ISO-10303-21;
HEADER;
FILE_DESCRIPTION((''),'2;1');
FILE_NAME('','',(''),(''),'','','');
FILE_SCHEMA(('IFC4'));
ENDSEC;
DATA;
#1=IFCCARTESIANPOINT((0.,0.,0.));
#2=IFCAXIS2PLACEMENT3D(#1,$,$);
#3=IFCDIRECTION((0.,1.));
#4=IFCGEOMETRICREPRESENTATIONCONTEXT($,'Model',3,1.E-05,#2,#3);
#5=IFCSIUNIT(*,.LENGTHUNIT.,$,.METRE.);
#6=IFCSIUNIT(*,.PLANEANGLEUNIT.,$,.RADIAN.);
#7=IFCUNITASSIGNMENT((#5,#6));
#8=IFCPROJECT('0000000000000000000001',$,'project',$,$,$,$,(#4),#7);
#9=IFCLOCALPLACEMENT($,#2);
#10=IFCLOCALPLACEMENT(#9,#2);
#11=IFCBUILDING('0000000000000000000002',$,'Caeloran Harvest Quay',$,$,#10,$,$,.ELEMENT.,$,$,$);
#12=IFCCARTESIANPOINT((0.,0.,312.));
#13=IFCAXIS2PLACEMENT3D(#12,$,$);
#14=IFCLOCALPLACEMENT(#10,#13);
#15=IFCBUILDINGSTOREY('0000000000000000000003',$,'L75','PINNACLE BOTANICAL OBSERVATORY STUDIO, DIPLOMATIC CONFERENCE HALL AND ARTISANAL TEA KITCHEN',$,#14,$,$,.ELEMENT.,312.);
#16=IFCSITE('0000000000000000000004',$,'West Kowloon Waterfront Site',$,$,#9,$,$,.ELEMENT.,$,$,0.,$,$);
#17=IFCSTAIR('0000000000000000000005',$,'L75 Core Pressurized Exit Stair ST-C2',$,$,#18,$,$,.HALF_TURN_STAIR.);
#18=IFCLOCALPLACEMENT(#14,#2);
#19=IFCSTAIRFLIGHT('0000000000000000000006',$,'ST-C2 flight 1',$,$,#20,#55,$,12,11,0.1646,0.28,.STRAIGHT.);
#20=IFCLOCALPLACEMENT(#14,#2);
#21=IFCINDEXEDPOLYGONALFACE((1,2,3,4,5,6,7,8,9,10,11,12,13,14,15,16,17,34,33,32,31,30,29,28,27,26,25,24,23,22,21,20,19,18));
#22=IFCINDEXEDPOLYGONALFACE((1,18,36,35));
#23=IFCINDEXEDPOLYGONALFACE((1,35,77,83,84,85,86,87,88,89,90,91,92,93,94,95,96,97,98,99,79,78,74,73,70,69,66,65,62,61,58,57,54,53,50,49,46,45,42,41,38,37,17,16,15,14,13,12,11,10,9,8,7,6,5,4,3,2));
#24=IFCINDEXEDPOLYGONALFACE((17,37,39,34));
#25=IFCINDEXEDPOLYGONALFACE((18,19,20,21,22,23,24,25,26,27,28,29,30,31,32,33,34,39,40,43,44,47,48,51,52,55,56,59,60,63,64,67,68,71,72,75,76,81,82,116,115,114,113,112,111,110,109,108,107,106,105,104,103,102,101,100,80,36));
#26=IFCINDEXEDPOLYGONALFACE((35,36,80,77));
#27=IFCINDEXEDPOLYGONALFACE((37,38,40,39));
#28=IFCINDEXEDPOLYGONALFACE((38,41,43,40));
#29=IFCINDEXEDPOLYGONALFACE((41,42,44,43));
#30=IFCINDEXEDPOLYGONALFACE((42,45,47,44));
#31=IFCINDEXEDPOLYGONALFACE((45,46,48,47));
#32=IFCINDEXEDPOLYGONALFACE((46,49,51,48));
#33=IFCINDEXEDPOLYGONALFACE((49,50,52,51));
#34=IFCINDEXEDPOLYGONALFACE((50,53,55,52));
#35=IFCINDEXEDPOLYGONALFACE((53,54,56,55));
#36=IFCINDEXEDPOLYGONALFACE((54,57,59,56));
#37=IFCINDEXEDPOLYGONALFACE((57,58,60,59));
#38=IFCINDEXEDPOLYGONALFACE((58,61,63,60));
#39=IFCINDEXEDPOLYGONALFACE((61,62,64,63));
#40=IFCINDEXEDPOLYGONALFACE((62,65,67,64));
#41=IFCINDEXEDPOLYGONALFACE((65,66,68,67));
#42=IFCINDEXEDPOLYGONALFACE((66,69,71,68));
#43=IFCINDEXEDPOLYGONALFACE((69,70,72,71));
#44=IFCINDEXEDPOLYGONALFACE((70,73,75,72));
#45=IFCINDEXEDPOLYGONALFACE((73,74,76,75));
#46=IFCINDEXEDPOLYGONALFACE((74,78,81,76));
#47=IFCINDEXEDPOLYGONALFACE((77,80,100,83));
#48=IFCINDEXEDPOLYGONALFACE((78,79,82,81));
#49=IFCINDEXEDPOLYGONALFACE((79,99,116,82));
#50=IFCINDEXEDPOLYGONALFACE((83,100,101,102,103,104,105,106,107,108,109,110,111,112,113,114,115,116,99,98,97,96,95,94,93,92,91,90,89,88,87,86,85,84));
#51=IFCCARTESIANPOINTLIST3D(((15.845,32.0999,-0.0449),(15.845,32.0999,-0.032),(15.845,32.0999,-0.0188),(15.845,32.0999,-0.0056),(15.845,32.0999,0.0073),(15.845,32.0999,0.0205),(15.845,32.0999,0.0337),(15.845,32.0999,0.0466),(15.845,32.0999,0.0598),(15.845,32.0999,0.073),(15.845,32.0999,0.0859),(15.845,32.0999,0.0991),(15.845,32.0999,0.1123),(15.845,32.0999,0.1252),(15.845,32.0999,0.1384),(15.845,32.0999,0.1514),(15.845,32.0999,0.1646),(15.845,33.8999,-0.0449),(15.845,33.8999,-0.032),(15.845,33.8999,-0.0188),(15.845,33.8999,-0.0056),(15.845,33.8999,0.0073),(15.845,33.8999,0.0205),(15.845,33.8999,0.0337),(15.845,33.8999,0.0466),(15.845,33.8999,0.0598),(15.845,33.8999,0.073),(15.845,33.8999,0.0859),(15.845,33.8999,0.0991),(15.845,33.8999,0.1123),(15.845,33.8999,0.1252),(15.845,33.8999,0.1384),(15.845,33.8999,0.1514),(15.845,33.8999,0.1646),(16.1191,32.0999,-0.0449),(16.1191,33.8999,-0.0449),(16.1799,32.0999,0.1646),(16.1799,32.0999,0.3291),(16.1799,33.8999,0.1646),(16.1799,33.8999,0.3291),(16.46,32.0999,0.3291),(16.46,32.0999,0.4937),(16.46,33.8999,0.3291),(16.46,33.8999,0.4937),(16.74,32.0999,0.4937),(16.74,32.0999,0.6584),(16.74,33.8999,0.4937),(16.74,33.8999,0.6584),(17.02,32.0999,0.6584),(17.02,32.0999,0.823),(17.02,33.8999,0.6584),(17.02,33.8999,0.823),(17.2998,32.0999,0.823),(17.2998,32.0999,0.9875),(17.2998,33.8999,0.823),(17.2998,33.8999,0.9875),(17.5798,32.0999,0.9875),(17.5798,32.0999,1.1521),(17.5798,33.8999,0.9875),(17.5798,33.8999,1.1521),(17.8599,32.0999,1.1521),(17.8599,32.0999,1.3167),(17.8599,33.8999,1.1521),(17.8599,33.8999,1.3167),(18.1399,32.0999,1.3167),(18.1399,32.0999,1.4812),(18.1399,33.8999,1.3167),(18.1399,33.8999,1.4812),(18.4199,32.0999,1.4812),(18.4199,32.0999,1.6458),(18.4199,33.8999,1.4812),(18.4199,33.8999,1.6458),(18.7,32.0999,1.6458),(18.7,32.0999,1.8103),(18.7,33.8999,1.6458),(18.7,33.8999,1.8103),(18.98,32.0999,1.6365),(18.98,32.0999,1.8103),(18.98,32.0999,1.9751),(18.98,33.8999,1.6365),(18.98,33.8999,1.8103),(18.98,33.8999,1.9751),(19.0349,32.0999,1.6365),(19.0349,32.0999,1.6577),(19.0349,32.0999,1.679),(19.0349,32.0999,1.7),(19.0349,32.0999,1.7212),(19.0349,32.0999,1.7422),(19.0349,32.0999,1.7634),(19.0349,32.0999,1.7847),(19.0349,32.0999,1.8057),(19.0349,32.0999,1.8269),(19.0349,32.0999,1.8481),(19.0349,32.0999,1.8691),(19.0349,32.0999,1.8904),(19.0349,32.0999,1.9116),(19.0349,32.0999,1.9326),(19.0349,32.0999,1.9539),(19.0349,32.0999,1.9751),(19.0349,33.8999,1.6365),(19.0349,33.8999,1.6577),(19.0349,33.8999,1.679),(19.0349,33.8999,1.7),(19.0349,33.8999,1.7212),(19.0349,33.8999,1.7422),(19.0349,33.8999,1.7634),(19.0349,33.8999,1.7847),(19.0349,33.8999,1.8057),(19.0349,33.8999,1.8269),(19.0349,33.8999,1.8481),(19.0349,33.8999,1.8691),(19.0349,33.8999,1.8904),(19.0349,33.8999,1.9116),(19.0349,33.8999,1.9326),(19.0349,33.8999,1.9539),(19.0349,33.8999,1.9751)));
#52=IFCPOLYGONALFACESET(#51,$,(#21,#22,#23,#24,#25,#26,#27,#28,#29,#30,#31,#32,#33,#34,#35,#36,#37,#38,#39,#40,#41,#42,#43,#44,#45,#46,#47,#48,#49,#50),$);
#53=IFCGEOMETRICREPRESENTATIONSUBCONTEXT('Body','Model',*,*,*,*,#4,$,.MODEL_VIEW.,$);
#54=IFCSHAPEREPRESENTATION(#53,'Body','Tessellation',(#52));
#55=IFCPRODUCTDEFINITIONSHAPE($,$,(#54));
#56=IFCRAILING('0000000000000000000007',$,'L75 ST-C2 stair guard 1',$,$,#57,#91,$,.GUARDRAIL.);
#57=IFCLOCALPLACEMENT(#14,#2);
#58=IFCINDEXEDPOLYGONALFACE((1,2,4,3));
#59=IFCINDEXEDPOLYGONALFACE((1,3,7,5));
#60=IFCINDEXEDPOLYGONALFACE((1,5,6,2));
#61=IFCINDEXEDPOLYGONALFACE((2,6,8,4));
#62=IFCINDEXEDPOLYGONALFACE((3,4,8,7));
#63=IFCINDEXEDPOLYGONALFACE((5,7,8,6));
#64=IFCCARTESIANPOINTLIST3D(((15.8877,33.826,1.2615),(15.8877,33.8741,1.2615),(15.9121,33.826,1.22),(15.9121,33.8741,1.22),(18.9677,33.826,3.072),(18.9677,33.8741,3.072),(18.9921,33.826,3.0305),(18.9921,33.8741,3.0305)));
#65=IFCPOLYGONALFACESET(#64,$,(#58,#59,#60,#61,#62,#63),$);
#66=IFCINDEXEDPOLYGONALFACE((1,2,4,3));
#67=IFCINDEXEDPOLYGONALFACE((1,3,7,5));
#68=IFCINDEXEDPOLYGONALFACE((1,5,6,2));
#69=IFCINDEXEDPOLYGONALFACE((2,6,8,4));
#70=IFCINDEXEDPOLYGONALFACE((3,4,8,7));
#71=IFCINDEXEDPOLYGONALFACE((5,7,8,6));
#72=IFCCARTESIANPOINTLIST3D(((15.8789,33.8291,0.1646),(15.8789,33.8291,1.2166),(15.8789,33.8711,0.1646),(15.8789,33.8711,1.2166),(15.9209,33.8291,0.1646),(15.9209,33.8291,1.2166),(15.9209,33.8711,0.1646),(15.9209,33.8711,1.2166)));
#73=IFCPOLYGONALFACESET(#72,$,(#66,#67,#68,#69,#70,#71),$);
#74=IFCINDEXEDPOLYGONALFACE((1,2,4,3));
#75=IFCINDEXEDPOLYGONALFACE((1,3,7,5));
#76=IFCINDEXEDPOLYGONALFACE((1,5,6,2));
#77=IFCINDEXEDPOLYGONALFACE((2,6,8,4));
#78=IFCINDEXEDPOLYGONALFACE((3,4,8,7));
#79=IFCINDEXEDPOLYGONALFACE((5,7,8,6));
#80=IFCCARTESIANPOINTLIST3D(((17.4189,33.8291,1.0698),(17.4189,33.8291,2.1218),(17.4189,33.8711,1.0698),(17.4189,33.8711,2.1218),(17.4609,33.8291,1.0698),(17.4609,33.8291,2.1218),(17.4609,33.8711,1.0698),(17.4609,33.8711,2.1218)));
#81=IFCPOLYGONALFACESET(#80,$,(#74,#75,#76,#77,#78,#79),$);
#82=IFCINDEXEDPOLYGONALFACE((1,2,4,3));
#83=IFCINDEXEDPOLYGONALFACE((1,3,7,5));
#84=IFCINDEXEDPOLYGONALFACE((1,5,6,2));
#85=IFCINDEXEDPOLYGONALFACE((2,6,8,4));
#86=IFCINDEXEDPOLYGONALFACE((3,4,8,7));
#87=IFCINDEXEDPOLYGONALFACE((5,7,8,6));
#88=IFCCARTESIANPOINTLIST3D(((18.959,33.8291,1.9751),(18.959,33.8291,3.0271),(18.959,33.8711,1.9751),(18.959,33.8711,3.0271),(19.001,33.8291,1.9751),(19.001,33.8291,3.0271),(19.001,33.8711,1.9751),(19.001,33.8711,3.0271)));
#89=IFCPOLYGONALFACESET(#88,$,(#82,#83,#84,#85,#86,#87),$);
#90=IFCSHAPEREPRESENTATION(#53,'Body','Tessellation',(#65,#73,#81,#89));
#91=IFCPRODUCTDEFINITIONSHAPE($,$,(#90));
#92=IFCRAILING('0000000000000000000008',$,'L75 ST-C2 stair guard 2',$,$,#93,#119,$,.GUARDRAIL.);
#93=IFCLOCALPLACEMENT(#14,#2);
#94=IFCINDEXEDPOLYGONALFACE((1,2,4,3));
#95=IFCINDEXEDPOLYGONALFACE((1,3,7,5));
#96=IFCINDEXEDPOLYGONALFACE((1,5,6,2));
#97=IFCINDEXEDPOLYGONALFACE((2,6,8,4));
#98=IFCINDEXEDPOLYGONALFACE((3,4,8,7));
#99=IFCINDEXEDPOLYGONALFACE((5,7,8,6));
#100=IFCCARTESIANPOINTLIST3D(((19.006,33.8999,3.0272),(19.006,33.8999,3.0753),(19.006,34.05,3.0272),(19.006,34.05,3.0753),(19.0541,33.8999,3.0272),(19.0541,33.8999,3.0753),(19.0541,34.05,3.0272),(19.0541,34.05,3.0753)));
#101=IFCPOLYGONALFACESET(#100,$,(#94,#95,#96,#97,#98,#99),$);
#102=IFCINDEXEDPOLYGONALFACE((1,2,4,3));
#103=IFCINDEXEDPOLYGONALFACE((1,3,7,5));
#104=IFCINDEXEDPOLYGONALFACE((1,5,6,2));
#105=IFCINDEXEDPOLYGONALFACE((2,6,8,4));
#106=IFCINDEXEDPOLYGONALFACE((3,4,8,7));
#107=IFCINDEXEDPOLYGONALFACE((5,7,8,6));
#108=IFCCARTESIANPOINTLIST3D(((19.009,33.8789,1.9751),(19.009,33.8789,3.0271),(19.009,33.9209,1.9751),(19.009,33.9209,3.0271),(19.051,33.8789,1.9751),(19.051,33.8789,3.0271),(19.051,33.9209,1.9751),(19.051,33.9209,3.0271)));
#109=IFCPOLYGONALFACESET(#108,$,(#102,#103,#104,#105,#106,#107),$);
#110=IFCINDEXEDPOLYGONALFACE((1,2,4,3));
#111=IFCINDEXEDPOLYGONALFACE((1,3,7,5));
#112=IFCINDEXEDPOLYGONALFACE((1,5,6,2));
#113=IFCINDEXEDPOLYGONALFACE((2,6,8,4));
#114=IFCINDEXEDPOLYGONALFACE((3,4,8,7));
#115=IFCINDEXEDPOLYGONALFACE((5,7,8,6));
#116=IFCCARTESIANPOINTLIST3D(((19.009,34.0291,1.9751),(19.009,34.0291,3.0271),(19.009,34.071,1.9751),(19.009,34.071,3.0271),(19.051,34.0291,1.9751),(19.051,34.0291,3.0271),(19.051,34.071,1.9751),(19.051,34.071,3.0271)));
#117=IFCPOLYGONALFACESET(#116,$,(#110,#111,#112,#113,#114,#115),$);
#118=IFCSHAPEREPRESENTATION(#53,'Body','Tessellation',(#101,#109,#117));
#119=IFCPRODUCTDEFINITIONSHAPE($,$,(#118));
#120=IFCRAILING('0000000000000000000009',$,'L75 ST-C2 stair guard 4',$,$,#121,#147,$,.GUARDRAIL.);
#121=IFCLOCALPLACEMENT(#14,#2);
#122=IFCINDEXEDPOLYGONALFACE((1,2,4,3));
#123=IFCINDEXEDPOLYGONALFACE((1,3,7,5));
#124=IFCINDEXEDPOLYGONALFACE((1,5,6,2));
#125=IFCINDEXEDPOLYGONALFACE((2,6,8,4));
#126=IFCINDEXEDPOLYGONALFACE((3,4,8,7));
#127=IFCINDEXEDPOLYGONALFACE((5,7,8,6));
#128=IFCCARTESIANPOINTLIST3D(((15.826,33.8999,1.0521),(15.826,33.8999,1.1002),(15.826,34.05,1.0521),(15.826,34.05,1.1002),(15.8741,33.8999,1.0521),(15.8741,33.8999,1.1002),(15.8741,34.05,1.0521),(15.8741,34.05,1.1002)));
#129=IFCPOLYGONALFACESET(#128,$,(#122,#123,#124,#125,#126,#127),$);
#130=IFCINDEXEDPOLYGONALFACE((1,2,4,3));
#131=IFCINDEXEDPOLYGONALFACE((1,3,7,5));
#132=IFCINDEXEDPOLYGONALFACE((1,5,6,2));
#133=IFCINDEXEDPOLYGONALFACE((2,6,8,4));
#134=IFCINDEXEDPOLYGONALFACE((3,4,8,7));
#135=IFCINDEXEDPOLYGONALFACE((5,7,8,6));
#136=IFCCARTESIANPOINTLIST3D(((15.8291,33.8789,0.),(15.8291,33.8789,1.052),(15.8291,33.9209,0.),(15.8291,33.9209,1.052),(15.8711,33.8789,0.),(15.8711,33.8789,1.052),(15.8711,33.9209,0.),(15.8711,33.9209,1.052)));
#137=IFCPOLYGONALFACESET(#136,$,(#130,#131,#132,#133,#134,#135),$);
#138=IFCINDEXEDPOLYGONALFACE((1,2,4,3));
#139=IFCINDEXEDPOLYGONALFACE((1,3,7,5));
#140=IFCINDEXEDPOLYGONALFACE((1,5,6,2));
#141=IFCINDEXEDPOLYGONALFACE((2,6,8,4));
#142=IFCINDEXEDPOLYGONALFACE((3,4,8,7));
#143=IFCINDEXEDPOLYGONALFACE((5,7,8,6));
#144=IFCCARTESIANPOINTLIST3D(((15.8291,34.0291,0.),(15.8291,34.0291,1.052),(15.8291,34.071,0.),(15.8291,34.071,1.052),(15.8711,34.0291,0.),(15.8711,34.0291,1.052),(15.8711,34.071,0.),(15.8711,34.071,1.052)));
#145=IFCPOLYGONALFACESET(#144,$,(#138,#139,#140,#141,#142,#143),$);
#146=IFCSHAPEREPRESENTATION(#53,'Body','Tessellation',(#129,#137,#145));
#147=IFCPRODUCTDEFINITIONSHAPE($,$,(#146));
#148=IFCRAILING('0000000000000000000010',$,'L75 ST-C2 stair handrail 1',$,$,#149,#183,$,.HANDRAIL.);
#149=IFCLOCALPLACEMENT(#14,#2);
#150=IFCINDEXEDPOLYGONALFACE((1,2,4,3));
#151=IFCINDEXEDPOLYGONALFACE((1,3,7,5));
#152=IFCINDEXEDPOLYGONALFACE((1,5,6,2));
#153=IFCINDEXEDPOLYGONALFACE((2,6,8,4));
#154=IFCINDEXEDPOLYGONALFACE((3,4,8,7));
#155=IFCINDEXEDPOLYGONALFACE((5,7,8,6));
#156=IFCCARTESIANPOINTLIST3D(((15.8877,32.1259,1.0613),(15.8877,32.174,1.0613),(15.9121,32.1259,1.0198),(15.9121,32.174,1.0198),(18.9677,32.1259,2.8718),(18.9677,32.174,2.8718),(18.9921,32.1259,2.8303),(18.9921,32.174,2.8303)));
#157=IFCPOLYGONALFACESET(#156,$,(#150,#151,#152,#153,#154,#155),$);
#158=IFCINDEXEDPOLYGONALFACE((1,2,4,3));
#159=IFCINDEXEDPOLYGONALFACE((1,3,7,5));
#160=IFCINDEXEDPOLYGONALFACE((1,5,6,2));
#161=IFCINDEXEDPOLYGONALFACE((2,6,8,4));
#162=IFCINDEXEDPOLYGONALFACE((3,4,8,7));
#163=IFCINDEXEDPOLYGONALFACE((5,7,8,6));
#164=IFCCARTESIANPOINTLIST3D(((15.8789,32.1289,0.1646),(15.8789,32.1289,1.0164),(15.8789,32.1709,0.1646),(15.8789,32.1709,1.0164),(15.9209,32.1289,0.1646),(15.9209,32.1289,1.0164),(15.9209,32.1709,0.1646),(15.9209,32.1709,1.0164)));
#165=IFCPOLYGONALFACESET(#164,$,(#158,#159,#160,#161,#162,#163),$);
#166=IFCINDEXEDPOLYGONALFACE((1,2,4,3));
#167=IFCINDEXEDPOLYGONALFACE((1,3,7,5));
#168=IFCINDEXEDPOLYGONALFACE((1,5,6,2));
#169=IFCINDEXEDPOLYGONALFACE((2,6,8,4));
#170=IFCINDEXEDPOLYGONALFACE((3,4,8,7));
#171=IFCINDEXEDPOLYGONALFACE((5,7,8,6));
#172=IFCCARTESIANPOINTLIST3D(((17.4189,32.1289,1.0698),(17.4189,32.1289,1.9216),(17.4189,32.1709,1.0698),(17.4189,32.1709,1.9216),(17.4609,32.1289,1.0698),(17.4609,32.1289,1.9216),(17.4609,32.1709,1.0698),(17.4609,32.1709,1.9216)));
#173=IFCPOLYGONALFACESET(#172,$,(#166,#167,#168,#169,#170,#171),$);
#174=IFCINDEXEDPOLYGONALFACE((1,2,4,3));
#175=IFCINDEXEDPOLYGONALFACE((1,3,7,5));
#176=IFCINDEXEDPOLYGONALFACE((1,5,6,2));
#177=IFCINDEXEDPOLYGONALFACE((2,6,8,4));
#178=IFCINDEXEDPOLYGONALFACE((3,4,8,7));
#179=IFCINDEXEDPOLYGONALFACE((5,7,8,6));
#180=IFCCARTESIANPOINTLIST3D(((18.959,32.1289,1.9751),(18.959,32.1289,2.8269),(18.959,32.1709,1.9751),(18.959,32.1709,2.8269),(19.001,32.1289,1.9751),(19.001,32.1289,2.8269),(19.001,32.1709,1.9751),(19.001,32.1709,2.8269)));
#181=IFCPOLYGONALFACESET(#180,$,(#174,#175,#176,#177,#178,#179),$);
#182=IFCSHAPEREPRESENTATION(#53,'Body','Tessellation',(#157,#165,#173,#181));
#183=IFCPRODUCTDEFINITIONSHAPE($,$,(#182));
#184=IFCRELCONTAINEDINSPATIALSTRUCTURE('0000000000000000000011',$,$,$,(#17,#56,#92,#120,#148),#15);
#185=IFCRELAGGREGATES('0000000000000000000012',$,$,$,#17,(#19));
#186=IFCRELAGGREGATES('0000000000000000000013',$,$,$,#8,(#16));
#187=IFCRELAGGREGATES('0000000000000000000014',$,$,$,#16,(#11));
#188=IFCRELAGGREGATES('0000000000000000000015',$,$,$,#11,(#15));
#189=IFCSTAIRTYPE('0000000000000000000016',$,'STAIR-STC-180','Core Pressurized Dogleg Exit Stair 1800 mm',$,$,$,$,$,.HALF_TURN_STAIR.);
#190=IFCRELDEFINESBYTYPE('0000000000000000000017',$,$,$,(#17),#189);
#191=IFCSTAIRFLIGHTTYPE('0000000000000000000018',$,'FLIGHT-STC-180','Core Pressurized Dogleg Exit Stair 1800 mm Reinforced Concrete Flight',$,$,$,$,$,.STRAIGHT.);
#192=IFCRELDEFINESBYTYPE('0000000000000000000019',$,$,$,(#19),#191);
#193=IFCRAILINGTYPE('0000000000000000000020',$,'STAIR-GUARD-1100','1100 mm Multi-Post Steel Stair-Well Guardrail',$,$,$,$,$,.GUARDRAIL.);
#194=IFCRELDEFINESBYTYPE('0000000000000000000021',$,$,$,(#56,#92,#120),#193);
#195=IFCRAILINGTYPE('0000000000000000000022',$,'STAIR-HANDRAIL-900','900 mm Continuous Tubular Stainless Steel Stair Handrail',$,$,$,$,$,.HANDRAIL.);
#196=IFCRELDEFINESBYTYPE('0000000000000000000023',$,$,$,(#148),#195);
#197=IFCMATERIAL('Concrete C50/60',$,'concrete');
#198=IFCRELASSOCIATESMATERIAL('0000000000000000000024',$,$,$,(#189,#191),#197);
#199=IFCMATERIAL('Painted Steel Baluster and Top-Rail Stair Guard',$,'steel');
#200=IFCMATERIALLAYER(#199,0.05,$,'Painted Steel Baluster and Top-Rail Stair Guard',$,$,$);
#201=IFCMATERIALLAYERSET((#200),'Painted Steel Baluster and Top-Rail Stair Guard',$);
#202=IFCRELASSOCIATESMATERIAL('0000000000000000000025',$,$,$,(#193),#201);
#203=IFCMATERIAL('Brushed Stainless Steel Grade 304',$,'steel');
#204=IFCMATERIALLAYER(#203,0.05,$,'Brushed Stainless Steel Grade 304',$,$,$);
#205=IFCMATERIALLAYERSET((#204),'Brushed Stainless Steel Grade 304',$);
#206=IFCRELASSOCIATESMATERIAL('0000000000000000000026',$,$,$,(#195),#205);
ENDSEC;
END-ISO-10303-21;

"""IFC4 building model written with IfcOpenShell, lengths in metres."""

from ifc_helpers import new_model, si_unit, direction, frame, origin, origin_2d, place, context, subcontext, project, spatial, polyline, rectangle, outline, extrude, material, layer, layer_set, type_object, element, aggregate, save


model = new_model("IFC4")

# Units and contexts
model_context = context("Model", 3, precision=1e-05, world=origin(), true_north=direction((0.0, 1.0)))
body_context = subcontext(model_context, "Body", "Model", "MODEL_VIEW")
ifc_project = project(units=[si_unit("LENGTHUNIT", "METRE"), si_unit("PLANEANGLEUNIT", "RADIAN")], contexts=[model_context])

# Site, building, storey
site_placement = place(None, origin())
site = spatial("IfcSite", under=ifc_project, at=site_placement, Name="West Kowloon Waterfront Site", CompositionType="ELEMENT", RefElevation=0.0)
building_placement = place(site_placement, origin())
building = spatial("IfcBuilding", under=site, at=building_placement, Name="Caeloran Harvest Quay", CompositionType="ELEMENT")
storey_placement = place(building_placement, frame((0.0, 0.0, 312.0)))
storey = spatial("IfcBuildingStorey", under=building, at=storey_placement, Name="L75", Description="PINNACLE BOTANICAL OBSERVATORY STUDIO, DIPLOMATIC CONFERENCE HALL AND ARTISANAL TEA KITCHEN", CompositionType="ELEMENT", Elevation=312.0)

# Stair, stair flight
ifc_material_1 = material(Name="Concrete C50/60", Category="concrete")
stair_type = type_object("IfcStairType", Name="STAIR-STC-180", Description="Core Pressurized Dogleg Exit Stair 1800 mm", PredefinedType="HALF_TURN_STAIR", material=ifc_material_1)
stair_placement = place(storey_placement, origin())
stair = element("IfcStair", 1, at=stair_placement, inside=storey, type_object=stair_type, Name="L75 Core Pressurized Exit Stair ST-C2", PredefinedType="HALF_TURN_STAIR")
stair_flight_type = type_object("IfcStairFlightType", Name="FLIGHT-STC-180", Description="Core Pressurized Dogleg Exit Stair 1800 mm Reinforced Concrete Flight", PredefinedType="STRAIGHT", material=ifc_material_1)
stair_flight_placement = place(storey_placement, frame((15.8999, 33.0, 0.0), z_axis=(0.0, 0.0, 1.0), x_axis=(1.0, 0.0, 0.0)))
stair_flight = element("IfcStairFlight", 2, at=stair_flight_placement, type_object=stair_flight_type, Name="ST-C2 flight 1", NumberOfRisers=12, NumberOfTreads=11, PredefinedType="STRAIGHT", RiserHeight=0.1646, TreadLength=0.28, context=body_context, shape_type="SweptSolid", body=[
    extrude(outline(polyline([(-0.0549, -0.0449), (-0.0549, -0.032), (-0.0549, -0.0188), (-0.0549, -0.0056), (-0.0549, 0.0073), (-0.0549, 0.0205), (-0.0549, 0.0337), (-0.0549, 0.0466), (-0.0549, 0.0598), (-0.0549, 0.073), (-0.0549, 0.0859), (-0.0549, 0.0991), (-0.0549, 0.1123), (-0.0549, 0.1252), (-0.0549, 0.1384), (-0.0549, 0.1514), (-0.0549, 0.1646), (0.28, 0.1646), (0.28, 0.3291), (0.5601, 0.3291), (0.5601, 0.4937), (0.8401, 0.4937), (0.8401, 0.6584), (1.1201, 0.6584), (1.1201, 0.823), (1.3999, 0.823), (1.3999, 0.9875), (1.6799, 0.9875), (1.6799, 1.1521), (1.96, 1.1521), (1.96, 1.3167), (2.24, 1.3167), (2.24, 1.4812), (2.52, 1.4812), (2.52, 1.6458), (2.8, 1.6458), (2.8, 1.8103), (3.0801, 1.8103), (3.0801, 1.9751), (3.135, 1.9751), (3.135, 1.9539), (3.135, 1.9326), (3.135, 1.9116), (3.135, 1.8904), (3.135, 1.8691), (3.135, 1.8481), (3.135, 1.8269), (3.135, 1.8057), (3.135, 1.7847), (3.135, 1.7634), (3.135, 1.7422), (3.135, 1.7212), (3.135, 1.7), (3.135, 1.679), (3.135, 1.6577), (3.135, 1.6365), (3.0801, 1.6365), (0.2192, -0.0449), (-0.0549, -0.0449)])), frame((0.0, 0.8999, 0.0), z_axis=(0.0, -1.0, 0.0), x_axis=(1.0, 0.0, 0.0)), (0.0, 0.0, 1.0), 1.8),
])
aggregate(stair, [stair_flight])

# Railings
ifc_material_2 = material(Name="Painted Steel Baluster and Top-Rail Stair Guard", Category="steel")
ifc_layer_1 = layer(ifc_material_2, 0.05, Name="Painted Steel Baluster and Top-Rail Stair Guard")
ifc_layer_set_1 = layer_set([ifc_layer_1], Name="Painted Steel Baluster and Top-Rail Stair Guard")
railing_type_1 = type_object("IfcRailingType", Name="STAIR-GUARD-1100", Description="1100 mm Multi-Post Steel Stair-Well Guardrail", PredefinedType="GUARDRAIL", material=ifc_layer_set_1)
railing_1_placement = place(storey_placement, frame((15.8999, 33.8501, 0.1646)))
element("IfcRailing", 3, at=railing_1_placement, inside=storey, type_object=railing_type_1, Name="L75 ST-C2 stair guard 1", PredefinedType="GUARDRAIL", context=body_context, shape_type="SweptSolid", body=[
    extrude(rectangle(XDim=0.0481, YDim=0.0481, at=origin_2d()), frame((0.0, 0.0, 1.0762), z_axis=(0.862089, 0.0, 0.506757), x_axis=(0.0, 1.0, 0.0)), (0.0, 0.0, 1.0), 3.5728),
    extrude(rectangle(XDim=0.042, YDim=0.042, at=origin_2d()), origin(), (0.0, 0.0, 1.0), 1.052),
    extrude(rectangle(XDim=0.042, YDim=0.042, at=origin_2d()), frame((1.54, 0.0, 0.9053)), (0.0, 0.0, 1.0), 1.052),
    extrude(rectangle(XDim=0.042, YDim=0.042, at=origin_2d()), frame((3.0801, 0.0, 1.8105)), (0.0, 0.0, 1.0), 1.052),
])
for number, where, name in (
    (4, (19.03, 33.8999, 1.9751), "L75 ST-C2 stair guard 2"),
    (5, (15.8501, 33.8999, 0.0), "L75 ST-C2 stair guard 4"),
):
    element("IfcRailing", number, at=place(storey_placement, frame(where)), inside=storey, type_object=railing_type_1, Name=name, PredefinedType="GUARDRAIL", context=body_context, shape_type="SweptSolid", body=[
        extrude(rectangle(XDim=0.0481, YDim=0.0481, at=origin_2d()), frame((0.0, 0.0, 1.0762), z_axis=(0.0, 1.0, 0.0), x_axis=(-1.0, 0.0, 0.0)), (0.0, 0.0, 1.0), 0.1501),
        extrude(rectangle(XDim=0.042, YDim=0.042, at=origin_2d()), origin(), (0.0, 0.0, 1.0), 1.052),
        extrude(rectangle(XDim=0.042, YDim=0.042, at=origin_2d()), frame((0.0, 0.1501, 0.0)), (0.0, 0.0, 1.0), 1.052),
    ])
ifc_material_3 = material(Name="Brushed Stainless Steel Grade 304", Category="steel")
ifc_layer_2 = layer(ifc_material_3, 0.05, Name="Brushed Stainless Steel Grade 304")
ifc_layer_set_2 = layer_set([ifc_layer_2], Name="Brushed Stainless Steel Grade 304")
railing_type_2 = type_object("IfcRailingType", Name="STAIR-HANDRAIL-900", Description="900 mm Continuous Tubular Stainless Steel Stair Handrail", PredefinedType="HANDRAIL", material=ifc_layer_set_2)
railing_2_placement = place(storey_placement, frame((15.8999, 32.1499, 0.1646)))
element("IfcRailing", 6, at=railing_2_placement, inside=storey, type_object=railing_type_2, Name="L75 ST-C2 stair handrail 1", PredefinedType="HANDRAIL", context=body_context, shape_type="SweptSolid", body=[
    extrude(rectangle(XDim=0.0481, YDim=0.0481, at=origin_2d()), frame((0.0, 0.0, 0.876), z_axis=(0.862089, 0.0, 0.506757), x_axis=(0.0, 1.0, 0.0)), (0.0, 0.0, 1.0), 3.5728),
    extrude(rectangle(XDim=0.042, YDim=0.042, at=origin_2d()), origin(), (0.0, 0.0, 1.0), 0.8518),
    extrude(rectangle(XDim=0.042, YDim=0.042, at=origin_2d()), frame((1.54, 0.0, 0.9053)), (0.0, 0.0, 1.0), 0.8518),
    extrude(rectangle(XDim=0.042, YDim=0.042, at=origin_2d()), frame((3.0801, 0.0, 1.8105)), (0.0, 0.0, 1.0), 0.8518),
])

save(model, "model.ifc")
